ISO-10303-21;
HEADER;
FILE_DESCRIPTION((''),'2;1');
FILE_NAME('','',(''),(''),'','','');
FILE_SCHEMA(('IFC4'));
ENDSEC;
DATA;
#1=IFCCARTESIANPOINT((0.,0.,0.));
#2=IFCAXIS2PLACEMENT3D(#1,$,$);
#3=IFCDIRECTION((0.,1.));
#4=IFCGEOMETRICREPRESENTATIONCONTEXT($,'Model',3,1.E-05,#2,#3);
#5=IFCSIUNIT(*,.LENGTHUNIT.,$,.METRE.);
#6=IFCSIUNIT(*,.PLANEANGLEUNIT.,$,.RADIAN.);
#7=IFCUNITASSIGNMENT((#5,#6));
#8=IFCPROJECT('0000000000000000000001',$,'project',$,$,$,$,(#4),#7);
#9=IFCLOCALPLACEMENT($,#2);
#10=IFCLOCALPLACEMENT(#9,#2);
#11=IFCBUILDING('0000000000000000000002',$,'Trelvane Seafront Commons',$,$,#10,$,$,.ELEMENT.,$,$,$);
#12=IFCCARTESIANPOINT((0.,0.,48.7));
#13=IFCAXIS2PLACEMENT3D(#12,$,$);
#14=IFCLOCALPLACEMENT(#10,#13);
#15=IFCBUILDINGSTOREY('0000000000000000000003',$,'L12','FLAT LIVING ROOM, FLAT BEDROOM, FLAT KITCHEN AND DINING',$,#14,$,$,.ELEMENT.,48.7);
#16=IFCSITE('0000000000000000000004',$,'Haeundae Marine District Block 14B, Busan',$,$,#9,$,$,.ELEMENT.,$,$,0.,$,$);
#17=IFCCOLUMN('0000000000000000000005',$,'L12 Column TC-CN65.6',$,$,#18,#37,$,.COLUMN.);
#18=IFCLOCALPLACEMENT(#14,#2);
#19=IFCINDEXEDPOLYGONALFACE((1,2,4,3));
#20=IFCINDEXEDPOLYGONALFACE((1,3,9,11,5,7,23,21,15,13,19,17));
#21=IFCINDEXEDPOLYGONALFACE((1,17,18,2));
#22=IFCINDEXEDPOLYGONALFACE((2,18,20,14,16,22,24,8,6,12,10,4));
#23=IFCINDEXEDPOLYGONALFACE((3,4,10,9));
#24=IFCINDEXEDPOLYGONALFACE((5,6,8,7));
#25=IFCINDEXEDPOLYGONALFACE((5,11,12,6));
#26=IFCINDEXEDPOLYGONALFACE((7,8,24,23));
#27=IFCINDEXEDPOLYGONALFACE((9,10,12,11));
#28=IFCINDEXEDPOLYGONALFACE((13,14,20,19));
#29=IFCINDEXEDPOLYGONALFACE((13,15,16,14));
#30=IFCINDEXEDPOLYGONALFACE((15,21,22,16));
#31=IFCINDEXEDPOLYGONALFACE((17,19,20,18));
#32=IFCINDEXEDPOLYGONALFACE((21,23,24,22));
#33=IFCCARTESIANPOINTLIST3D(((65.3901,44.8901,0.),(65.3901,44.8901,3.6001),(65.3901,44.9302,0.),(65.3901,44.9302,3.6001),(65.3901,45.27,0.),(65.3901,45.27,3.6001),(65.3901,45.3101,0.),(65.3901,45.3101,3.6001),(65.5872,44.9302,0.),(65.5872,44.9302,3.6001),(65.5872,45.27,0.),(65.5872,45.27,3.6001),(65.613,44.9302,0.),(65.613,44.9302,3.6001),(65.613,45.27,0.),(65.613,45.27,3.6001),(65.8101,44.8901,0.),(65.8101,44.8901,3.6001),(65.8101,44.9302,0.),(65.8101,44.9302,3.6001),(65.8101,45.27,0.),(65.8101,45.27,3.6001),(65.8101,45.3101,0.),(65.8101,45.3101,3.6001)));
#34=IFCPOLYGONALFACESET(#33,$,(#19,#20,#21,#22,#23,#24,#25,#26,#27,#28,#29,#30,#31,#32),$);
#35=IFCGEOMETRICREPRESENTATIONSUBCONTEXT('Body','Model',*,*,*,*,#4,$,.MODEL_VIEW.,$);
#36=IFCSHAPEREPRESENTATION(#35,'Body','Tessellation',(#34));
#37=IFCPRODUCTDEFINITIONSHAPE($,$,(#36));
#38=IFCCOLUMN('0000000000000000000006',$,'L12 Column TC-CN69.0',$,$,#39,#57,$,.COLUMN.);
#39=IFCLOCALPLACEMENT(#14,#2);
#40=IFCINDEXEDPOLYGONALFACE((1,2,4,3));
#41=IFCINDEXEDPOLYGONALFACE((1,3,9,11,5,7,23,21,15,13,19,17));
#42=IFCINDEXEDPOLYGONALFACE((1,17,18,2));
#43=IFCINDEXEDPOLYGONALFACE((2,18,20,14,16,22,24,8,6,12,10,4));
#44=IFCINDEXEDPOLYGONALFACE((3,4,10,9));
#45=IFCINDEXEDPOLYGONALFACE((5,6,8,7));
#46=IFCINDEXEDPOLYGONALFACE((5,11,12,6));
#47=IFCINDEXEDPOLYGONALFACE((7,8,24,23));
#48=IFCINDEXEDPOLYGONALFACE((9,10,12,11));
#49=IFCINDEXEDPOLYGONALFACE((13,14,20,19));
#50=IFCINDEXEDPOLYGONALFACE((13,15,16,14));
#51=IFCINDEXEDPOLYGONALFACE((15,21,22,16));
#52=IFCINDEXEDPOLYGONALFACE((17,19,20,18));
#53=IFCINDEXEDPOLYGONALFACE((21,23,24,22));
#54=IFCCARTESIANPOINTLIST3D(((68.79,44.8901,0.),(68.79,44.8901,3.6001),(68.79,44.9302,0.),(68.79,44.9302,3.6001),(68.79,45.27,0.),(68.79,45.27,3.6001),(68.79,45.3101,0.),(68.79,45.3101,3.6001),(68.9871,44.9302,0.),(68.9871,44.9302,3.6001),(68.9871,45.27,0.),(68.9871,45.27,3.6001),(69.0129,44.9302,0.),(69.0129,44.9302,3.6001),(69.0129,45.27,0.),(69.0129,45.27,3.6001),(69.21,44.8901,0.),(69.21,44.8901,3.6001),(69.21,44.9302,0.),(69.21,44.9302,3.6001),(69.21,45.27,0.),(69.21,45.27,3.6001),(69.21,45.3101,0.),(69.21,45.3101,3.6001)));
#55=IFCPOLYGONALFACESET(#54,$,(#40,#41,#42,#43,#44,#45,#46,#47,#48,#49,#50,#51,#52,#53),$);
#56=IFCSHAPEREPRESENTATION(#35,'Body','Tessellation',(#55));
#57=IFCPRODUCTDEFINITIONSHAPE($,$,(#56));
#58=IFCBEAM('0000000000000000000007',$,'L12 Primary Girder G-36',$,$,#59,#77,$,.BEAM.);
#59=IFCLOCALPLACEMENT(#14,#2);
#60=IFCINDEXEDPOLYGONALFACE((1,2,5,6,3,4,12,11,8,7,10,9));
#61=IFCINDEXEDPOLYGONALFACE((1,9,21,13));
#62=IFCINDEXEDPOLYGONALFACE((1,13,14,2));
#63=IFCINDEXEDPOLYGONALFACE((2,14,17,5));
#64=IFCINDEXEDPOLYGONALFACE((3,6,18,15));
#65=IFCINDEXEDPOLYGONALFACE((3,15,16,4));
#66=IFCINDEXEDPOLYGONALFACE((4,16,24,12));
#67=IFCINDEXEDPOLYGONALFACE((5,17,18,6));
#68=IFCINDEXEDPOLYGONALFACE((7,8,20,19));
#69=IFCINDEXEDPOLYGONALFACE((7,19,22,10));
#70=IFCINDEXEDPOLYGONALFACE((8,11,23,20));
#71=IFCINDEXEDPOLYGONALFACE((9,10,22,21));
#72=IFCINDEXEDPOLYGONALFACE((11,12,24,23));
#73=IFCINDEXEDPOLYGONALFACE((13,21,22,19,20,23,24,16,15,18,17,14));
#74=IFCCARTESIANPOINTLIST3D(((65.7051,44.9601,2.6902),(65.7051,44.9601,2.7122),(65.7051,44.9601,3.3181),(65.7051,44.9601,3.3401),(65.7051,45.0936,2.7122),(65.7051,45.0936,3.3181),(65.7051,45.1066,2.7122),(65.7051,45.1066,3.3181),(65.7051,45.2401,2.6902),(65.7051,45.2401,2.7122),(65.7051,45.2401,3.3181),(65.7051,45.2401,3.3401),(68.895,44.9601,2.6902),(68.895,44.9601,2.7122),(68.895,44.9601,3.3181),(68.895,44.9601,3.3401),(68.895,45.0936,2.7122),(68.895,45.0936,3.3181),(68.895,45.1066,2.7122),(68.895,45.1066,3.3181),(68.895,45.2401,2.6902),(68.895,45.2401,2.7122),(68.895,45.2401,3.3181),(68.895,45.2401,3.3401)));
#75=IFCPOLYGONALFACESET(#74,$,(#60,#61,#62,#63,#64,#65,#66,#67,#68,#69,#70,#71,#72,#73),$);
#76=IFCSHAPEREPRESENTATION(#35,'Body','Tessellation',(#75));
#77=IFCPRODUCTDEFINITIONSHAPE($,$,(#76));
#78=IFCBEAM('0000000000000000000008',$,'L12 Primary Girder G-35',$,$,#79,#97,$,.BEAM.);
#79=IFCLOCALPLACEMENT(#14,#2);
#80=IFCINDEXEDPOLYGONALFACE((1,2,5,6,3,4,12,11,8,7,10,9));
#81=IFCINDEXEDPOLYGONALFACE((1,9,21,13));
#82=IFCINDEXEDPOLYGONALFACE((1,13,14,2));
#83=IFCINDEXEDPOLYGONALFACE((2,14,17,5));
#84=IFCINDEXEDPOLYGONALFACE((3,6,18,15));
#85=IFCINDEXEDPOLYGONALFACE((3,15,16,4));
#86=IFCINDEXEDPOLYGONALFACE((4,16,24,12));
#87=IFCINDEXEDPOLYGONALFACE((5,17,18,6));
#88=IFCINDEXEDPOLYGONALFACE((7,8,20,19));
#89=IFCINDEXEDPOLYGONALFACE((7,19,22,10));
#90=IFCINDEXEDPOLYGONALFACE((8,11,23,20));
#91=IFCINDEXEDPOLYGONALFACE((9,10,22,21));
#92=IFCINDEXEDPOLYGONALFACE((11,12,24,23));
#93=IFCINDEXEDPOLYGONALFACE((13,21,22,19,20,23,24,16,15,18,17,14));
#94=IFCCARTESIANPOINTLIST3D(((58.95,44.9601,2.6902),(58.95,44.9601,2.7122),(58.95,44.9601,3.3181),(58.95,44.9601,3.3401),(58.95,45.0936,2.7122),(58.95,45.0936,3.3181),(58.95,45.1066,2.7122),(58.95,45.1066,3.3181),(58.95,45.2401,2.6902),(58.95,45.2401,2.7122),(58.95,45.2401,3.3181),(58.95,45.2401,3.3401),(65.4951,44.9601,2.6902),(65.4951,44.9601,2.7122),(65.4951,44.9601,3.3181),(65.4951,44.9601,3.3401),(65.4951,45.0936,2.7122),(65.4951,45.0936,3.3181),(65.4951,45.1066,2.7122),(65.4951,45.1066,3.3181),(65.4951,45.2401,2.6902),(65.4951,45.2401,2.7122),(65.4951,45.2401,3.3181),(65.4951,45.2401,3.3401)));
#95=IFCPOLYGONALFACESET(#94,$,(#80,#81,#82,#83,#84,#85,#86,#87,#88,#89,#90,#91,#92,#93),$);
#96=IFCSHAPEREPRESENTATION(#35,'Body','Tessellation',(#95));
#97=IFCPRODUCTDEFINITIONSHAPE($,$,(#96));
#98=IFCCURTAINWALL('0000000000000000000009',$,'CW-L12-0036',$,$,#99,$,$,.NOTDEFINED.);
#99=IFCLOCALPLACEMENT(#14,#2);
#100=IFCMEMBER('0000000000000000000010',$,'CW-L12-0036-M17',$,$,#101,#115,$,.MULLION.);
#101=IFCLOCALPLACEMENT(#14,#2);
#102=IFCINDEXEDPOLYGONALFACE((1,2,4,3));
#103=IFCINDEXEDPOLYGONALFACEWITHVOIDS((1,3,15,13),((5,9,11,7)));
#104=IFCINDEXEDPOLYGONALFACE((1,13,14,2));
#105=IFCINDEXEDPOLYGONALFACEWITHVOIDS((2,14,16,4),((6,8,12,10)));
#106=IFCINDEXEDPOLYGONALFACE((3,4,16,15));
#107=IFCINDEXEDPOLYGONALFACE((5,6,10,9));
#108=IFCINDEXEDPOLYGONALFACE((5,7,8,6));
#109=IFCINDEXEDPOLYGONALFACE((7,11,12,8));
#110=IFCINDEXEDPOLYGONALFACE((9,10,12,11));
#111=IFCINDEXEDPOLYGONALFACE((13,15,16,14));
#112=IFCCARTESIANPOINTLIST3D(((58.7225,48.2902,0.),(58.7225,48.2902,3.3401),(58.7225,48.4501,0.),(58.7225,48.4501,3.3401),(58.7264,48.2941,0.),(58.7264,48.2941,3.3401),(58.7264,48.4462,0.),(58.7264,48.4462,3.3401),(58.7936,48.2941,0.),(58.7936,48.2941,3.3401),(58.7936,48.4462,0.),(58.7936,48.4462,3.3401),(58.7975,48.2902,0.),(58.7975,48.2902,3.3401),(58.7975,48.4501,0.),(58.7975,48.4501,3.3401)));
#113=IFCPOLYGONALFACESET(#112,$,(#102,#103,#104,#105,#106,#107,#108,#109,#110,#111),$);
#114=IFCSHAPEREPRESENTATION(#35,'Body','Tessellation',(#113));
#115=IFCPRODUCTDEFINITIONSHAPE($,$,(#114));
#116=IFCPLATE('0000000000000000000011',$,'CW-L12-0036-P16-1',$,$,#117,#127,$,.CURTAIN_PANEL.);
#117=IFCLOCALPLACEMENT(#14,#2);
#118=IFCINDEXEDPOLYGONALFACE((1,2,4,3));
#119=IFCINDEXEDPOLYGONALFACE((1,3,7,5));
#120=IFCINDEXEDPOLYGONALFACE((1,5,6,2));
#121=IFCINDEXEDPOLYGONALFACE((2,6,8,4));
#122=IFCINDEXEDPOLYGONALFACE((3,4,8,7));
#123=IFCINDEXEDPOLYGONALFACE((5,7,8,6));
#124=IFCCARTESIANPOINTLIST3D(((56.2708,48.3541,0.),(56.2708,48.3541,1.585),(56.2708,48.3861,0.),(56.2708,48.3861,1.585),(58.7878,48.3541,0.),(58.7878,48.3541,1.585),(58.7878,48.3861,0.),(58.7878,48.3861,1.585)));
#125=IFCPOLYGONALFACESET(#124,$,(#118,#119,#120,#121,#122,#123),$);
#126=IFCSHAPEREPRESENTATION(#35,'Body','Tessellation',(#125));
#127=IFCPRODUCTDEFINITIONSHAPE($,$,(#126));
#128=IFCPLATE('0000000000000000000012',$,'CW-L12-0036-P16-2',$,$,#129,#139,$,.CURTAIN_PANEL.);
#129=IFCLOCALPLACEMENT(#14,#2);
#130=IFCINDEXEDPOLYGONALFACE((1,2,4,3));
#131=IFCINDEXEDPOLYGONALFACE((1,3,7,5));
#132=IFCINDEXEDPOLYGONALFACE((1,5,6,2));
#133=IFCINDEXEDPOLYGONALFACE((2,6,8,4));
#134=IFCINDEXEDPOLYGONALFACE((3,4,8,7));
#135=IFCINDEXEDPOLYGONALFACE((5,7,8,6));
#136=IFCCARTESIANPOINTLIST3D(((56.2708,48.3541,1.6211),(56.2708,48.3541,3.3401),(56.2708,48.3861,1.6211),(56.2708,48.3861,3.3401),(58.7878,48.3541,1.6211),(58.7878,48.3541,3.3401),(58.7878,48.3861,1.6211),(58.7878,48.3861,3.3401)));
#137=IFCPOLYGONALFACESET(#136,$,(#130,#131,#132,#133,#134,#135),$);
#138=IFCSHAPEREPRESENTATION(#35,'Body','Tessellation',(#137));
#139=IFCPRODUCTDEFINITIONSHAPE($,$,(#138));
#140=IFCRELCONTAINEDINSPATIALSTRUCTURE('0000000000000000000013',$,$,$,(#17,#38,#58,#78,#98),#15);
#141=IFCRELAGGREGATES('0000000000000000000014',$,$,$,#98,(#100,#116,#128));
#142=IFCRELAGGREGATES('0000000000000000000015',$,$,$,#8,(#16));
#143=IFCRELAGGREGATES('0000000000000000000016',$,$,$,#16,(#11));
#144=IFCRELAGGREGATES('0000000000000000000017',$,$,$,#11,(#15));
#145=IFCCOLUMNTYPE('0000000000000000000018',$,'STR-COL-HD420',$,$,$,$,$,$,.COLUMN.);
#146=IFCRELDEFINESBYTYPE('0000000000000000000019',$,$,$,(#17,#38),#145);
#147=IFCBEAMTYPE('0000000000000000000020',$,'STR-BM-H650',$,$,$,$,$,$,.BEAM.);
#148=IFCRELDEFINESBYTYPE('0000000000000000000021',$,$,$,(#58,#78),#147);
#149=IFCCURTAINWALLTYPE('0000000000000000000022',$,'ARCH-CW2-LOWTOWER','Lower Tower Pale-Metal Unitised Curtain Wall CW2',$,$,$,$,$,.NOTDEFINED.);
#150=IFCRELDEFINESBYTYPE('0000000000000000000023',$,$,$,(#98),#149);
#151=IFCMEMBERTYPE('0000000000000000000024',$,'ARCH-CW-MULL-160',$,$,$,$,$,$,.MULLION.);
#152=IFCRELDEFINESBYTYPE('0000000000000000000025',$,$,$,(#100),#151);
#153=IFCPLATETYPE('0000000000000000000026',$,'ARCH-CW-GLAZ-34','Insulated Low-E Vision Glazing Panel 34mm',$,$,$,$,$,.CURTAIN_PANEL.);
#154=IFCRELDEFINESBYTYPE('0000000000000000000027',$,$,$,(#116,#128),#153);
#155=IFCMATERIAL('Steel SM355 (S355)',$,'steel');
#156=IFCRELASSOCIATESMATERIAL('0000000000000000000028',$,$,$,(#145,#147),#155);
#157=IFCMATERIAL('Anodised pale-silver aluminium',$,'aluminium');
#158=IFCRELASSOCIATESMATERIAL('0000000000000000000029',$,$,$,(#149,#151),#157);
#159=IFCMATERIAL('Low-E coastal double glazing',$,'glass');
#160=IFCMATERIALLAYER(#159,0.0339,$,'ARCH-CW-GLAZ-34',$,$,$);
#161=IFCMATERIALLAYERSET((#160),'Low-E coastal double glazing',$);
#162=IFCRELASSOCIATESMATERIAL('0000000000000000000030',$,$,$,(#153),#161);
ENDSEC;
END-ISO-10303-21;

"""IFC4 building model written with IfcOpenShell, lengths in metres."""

from ifc_helpers import new_model, si_unit, direction, frame, origin, origin_2d, place, context, subcontext, project, spatial, rectangle, hollow_rectangle, i_section, extrude, source, transform, mapped, material, layer, layer_set, material_profile, profile_set, type_object, element, aggregate, save


model = new_model("IFC4")

# Units and contexts
model_context = context("Model", 3, precision=1e-05, world=origin(), true_north=direction((0.0, 1.0)))
body_context = subcontext(model_context, "Body", "Model", "MODEL_VIEW")
ifc_project = project(units=[si_unit("LENGTHUNIT", "METRE"), si_unit("PLANEANGLEUNIT", "RADIAN")], contexts=[model_context])

# Site, building, storey
site_placement = place(None, origin())
site = spatial("IfcSite", under=ifc_project, at=site_placement, Name="Haeundae Marine District Block 14B, Busan", CompositionType="ELEMENT", RefElevation=0.0)
building_placement = place(site_placement, origin())
building = spatial("IfcBuilding", under=site, at=building_placement, Name="Trelvane Seafront Commons", CompositionType="ELEMENT")
storey_placement = place(building_placement, frame((0.0, 0.0, 48.7)))
storey = spatial("IfcBuildingStorey", under=building, at=storey_placement, Name="L12", Description="FLAT LIVING ROOM, FLAT BEDROOM, FLAT KITCHEN AND DINING", CompositionType="ELEMENT", Elevation=48.7)

# Columns
ifc_material_1 = material(Name="Steel SM355 (S355)", Category="steel")
ifc_material_profile_1 = material_profile(ifc_material_1, i_section(OverallWidth=0.4199, OverallDepth=0.4199, WebThickness=0.0259, FlangeThickness=0.04, at=origin_2d()), Name="HD-420x420x26x40")
ifc_profile_set_1 = profile_set([ifc_material_profile_1], Name="Steel SM355 (S355)")
column_type = type_object("IfcColumnType", Name="STR-COL-HD420", PredefinedType="COLUMN", material=ifc_profile_set_1)
shared_shape_1 = source(origin(), body_context, "Body", "SweptSolid", [
    extrude(i_section(OverallWidth=0.4199, OverallDepth=0.4199, WebThickness=0.0259, FlangeThickness=0.04, at=origin_2d()), origin(), (0.0, 0.0, 1.0), 3.6001),
])
for number, where, z_axis, x_axis, name in (
    (1, (65.6001, 45.1001, 0.0), (0.0, 0.0, 1.0), (1.0, 0.0, 0.0), "L12 Column TC-CN65.6"),
    (2, (69.0, 45.1001, 0.0), (0.0, 0.0, 1.0), (1.0, 0.0, 0.0), "L12 Column TC-CN69.0"),
):
    element("IfcColumn", number, at=place(storey_placement, frame(where, z_axis=z_axis, x_axis=x_axis)), inside=storey, type_object=column_type, Name=name, PredefinedType="COLUMN", context=body_context, shape_type="MappedRepresentation", body=[
        mapped(shared_shape_1, transform((0.0, 0.0, 0.0), x_axis=(1.0, 0.0, 0.0), y_axis=(0.0, 1.0, 0.0), z_axis=(0.0, 0.0, 1.0), scale=1.0)),
    ])

# Beams
ifc_material_profile_2 = material_profile(ifc_material_1, i_section(OverallWidth=0.28, OverallDepth=0.6499, WebThickness=0.0129, FlangeThickness=0.022, at=origin_2d()), Name="H-650x280x13x22")
ifc_profile_set_2 = profile_set([ifc_material_profile_2], Name="Steel SM355 (S355)")
beam_type = type_object("IfcBeamType", Name="STR-BM-H650", PredefinedType="BEAM", material=ifc_profile_set_2)
shared_shape_2 = source(origin(), body_context, "Body", "SweptSolid", [
    extrude(i_section(OverallWidth=0.28, OverallDepth=0.6499, WebThickness=0.0129, FlangeThickness=0.022, at=origin_2d()), origin(), (0.0, 0.0, 1.0), 3.1899),
])
beam_1_placement = place(storey_placement, frame((65.7051, 45.1001, 3.0151), z_axis=(1.0, 0.0, 0.0), x_axis=(0.0, 1.0, 0.0)))
element("IfcBeam", 3, at=beam_1_placement, inside=storey, type_object=beam_type, Name="L12 Primary Girder G-36", PredefinedType="BEAM", context=body_context, shape_type="MappedRepresentation", body=[
    mapped(shared_shape_2, transform((0.0, 0.0, 0.0), x_axis=(1.0, 0.0, 0.0), y_axis=(0.0, 1.0, 0.0), z_axis=(0.0, 0.0, 1.0), scale=1.0)),
])
shared_shape_3 = source(origin(), body_context, "Body", "SweptSolid", [
    extrude(i_section(OverallWidth=0.28, OverallDepth=0.6499, WebThickness=0.0129, FlangeThickness=0.022, at=origin_2d()), origin(), (0.0, 0.0, 1.0), 6.5452),
])
beam_2_placement = place(storey_placement, frame((58.95, 45.1001, 3.0151), z_axis=(1.0, 0.0, 0.0), x_axis=(0.0, 1.0, 0.0)))
element("IfcBeam", 4, at=beam_2_placement, inside=storey, type_object=beam_type, Name="L12 Primary Girder G-35", PredefinedType="BEAM", context=body_context, shape_type="MappedRepresentation", body=[
    mapped(shared_shape_3, transform((0.0, 0.0, 0.0), x_axis=(1.0, 0.0, 0.0), y_axis=(0.0, 1.0, 0.0), z_axis=(0.0, 0.0, 1.0), scale=1.0)),
])

# Curtain wall, member, plates
ifc_material_2 = material(Name="Anodised pale-silver aluminium", Category="aluminium")
curtain_wall_type = type_object("IfcCurtainWallType", Name="ARCH-CW2-LOWTOWER", Description="Lower Tower Pale-Metal Unitised Curtain Wall CW2", PredefinedType="NOTDEFINED", material=ifc_material_2)
curtain_wall_placement = place(storey_placement, origin())
curtain_wall = element("IfcCurtainWall", 5, at=curtain_wall_placement, inside=storey, type_object=curtain_wall_type, Name="CW-L12-0036", PredefinedType="NOTDEFINED")
ifc_material_profile_3 = material_profile(ifc_material_2, hollow_rectangle(XDim=0.075, YDim=0.1599, WallThickness=0.0039, at=origin_2d()), Name="MULL-75x160x4")
ifc_profile_set_3 = profile_set([ifc_material_profile_3], Name="Anodised pale-silver aluminium")
member_type = type_object("IfcMemberType", Name="ARCH-CW-MULL-160", PredefinedType="MULLION", material=ifc_profile_set_3)
shared_shape_4 = source(origin(), body_context, "Body", "SweptSolid", [
    extrude(hollow_rectangle(XDim=0.075, YDim=0.1599, WallThickness=0.0039, at=origin_2d()), origin(), (0.0, 0.0, 1.0), 3.3401),
])
member_placement = place(storey_placement, frame((58.76, 48.3701, 0.0), z_axis=(0.0, 0.0, 1.0), x_axis=(1.0, 0.0, 0.0)))
member = element("IfcMember", 6, at=member_placement, type_object=member_type, Name="CW-L12-0036-M17", PredefinedType="MULLION", context=body_context, shape_type="MappedRepresentation", body=[
    mapped(shared_shape_4, transform((0.0, 0.0, 0.0), x_axis=(1.0, 0.0, 0.0), y_axis=(0.0, 1.0, 0.0), z_axis=(0.0, 0.0, 1.0), scale=1.0)),
])
ifc_material_3 = material(Name="Low-E coastal double glazing", Category="glass")
ifc_layer_1 = layer(ifc_material_3, 0.0339, Name="ARCH-CW-GLAZ-34")
ifc_layer_set_1 = layer_set([ifc_layer_1], Name="Low-E coastal double glazing")
plate_type = type_object("IfcPlateType", Name="ARCH-CW-GLAZ-34", Description="Insulated Low-E Vision Glazing Panel 34mm", PredefinedType="CURTAIN_PANEL", material=ifc_layer_set_1)
shared_shape_5 = source(origin(), body_context, "Body", "SweptSolid", [
    extrude(rectangle(XDim=2.5171, YDim=0.032, at=origin_2d()), origin(), (0.0, 0.0, 1.0), 1.585),
])
plate_1_placement = place(storey_placement, frame((57.5293, 48.3701, 0.0), z_axis=(0.0, 0.0, 1.0), x_axis=(1.0, 0.0, 0.0)))
plate_1 = element("IfcPlate", 7, at=plate_1_placement, type_object=plate_type, Name="CW-L12-0036-P16-1", PredefinedType="CURTAIN_PANEL", context=body_context, shape_type="MappedRepresentation", body=[
    mapped(shared_shape_5, transform((0.0, 0.0, 0.0), x_axis=(1.0, 0.0, 0.0), y_axis=(0.0, 1.0, 0.0), z_axis=(0.0, 0.0, 1.0), scale=1.0)),
])
shared_shape_6 = source(origin(), body_context, "Body", "SweptSolid", [
    extrude(rectangle(XDim=2.5171, YDim=0.032, at=origin_2d()), origin(), (0.0, 0.0, 1.0), 1.719),
])
plate_2_placement = place(storey_placement, frame((57.5293, 48.3701, 1.6211), z_axis=(0.0, 0.0, 1.0), x_axis=(1.0, 0.0, 0.0)))
plate_2 = element("IfcPlate", 8, at=plate_2_placement, type_object=plate_type, Name="CW-L12-0036-P16-2", PredefinedType="CURTAIN_PANEL", context=body_context, shape_type="MappedRepresentation", body=[
    mapped(shared_shape_6, transform((0.0, 0.0, 0.0), x_axis=(1.0, 0.0, 0.0), y_axis=(0.0, 1.0, 0.0), z_axis=(0.0, 0.0, 1.0), scale=1.0)),
])
aggregate(curtain_wall, [member, plate_1, plate_2])

save(model, "model.ifc")
